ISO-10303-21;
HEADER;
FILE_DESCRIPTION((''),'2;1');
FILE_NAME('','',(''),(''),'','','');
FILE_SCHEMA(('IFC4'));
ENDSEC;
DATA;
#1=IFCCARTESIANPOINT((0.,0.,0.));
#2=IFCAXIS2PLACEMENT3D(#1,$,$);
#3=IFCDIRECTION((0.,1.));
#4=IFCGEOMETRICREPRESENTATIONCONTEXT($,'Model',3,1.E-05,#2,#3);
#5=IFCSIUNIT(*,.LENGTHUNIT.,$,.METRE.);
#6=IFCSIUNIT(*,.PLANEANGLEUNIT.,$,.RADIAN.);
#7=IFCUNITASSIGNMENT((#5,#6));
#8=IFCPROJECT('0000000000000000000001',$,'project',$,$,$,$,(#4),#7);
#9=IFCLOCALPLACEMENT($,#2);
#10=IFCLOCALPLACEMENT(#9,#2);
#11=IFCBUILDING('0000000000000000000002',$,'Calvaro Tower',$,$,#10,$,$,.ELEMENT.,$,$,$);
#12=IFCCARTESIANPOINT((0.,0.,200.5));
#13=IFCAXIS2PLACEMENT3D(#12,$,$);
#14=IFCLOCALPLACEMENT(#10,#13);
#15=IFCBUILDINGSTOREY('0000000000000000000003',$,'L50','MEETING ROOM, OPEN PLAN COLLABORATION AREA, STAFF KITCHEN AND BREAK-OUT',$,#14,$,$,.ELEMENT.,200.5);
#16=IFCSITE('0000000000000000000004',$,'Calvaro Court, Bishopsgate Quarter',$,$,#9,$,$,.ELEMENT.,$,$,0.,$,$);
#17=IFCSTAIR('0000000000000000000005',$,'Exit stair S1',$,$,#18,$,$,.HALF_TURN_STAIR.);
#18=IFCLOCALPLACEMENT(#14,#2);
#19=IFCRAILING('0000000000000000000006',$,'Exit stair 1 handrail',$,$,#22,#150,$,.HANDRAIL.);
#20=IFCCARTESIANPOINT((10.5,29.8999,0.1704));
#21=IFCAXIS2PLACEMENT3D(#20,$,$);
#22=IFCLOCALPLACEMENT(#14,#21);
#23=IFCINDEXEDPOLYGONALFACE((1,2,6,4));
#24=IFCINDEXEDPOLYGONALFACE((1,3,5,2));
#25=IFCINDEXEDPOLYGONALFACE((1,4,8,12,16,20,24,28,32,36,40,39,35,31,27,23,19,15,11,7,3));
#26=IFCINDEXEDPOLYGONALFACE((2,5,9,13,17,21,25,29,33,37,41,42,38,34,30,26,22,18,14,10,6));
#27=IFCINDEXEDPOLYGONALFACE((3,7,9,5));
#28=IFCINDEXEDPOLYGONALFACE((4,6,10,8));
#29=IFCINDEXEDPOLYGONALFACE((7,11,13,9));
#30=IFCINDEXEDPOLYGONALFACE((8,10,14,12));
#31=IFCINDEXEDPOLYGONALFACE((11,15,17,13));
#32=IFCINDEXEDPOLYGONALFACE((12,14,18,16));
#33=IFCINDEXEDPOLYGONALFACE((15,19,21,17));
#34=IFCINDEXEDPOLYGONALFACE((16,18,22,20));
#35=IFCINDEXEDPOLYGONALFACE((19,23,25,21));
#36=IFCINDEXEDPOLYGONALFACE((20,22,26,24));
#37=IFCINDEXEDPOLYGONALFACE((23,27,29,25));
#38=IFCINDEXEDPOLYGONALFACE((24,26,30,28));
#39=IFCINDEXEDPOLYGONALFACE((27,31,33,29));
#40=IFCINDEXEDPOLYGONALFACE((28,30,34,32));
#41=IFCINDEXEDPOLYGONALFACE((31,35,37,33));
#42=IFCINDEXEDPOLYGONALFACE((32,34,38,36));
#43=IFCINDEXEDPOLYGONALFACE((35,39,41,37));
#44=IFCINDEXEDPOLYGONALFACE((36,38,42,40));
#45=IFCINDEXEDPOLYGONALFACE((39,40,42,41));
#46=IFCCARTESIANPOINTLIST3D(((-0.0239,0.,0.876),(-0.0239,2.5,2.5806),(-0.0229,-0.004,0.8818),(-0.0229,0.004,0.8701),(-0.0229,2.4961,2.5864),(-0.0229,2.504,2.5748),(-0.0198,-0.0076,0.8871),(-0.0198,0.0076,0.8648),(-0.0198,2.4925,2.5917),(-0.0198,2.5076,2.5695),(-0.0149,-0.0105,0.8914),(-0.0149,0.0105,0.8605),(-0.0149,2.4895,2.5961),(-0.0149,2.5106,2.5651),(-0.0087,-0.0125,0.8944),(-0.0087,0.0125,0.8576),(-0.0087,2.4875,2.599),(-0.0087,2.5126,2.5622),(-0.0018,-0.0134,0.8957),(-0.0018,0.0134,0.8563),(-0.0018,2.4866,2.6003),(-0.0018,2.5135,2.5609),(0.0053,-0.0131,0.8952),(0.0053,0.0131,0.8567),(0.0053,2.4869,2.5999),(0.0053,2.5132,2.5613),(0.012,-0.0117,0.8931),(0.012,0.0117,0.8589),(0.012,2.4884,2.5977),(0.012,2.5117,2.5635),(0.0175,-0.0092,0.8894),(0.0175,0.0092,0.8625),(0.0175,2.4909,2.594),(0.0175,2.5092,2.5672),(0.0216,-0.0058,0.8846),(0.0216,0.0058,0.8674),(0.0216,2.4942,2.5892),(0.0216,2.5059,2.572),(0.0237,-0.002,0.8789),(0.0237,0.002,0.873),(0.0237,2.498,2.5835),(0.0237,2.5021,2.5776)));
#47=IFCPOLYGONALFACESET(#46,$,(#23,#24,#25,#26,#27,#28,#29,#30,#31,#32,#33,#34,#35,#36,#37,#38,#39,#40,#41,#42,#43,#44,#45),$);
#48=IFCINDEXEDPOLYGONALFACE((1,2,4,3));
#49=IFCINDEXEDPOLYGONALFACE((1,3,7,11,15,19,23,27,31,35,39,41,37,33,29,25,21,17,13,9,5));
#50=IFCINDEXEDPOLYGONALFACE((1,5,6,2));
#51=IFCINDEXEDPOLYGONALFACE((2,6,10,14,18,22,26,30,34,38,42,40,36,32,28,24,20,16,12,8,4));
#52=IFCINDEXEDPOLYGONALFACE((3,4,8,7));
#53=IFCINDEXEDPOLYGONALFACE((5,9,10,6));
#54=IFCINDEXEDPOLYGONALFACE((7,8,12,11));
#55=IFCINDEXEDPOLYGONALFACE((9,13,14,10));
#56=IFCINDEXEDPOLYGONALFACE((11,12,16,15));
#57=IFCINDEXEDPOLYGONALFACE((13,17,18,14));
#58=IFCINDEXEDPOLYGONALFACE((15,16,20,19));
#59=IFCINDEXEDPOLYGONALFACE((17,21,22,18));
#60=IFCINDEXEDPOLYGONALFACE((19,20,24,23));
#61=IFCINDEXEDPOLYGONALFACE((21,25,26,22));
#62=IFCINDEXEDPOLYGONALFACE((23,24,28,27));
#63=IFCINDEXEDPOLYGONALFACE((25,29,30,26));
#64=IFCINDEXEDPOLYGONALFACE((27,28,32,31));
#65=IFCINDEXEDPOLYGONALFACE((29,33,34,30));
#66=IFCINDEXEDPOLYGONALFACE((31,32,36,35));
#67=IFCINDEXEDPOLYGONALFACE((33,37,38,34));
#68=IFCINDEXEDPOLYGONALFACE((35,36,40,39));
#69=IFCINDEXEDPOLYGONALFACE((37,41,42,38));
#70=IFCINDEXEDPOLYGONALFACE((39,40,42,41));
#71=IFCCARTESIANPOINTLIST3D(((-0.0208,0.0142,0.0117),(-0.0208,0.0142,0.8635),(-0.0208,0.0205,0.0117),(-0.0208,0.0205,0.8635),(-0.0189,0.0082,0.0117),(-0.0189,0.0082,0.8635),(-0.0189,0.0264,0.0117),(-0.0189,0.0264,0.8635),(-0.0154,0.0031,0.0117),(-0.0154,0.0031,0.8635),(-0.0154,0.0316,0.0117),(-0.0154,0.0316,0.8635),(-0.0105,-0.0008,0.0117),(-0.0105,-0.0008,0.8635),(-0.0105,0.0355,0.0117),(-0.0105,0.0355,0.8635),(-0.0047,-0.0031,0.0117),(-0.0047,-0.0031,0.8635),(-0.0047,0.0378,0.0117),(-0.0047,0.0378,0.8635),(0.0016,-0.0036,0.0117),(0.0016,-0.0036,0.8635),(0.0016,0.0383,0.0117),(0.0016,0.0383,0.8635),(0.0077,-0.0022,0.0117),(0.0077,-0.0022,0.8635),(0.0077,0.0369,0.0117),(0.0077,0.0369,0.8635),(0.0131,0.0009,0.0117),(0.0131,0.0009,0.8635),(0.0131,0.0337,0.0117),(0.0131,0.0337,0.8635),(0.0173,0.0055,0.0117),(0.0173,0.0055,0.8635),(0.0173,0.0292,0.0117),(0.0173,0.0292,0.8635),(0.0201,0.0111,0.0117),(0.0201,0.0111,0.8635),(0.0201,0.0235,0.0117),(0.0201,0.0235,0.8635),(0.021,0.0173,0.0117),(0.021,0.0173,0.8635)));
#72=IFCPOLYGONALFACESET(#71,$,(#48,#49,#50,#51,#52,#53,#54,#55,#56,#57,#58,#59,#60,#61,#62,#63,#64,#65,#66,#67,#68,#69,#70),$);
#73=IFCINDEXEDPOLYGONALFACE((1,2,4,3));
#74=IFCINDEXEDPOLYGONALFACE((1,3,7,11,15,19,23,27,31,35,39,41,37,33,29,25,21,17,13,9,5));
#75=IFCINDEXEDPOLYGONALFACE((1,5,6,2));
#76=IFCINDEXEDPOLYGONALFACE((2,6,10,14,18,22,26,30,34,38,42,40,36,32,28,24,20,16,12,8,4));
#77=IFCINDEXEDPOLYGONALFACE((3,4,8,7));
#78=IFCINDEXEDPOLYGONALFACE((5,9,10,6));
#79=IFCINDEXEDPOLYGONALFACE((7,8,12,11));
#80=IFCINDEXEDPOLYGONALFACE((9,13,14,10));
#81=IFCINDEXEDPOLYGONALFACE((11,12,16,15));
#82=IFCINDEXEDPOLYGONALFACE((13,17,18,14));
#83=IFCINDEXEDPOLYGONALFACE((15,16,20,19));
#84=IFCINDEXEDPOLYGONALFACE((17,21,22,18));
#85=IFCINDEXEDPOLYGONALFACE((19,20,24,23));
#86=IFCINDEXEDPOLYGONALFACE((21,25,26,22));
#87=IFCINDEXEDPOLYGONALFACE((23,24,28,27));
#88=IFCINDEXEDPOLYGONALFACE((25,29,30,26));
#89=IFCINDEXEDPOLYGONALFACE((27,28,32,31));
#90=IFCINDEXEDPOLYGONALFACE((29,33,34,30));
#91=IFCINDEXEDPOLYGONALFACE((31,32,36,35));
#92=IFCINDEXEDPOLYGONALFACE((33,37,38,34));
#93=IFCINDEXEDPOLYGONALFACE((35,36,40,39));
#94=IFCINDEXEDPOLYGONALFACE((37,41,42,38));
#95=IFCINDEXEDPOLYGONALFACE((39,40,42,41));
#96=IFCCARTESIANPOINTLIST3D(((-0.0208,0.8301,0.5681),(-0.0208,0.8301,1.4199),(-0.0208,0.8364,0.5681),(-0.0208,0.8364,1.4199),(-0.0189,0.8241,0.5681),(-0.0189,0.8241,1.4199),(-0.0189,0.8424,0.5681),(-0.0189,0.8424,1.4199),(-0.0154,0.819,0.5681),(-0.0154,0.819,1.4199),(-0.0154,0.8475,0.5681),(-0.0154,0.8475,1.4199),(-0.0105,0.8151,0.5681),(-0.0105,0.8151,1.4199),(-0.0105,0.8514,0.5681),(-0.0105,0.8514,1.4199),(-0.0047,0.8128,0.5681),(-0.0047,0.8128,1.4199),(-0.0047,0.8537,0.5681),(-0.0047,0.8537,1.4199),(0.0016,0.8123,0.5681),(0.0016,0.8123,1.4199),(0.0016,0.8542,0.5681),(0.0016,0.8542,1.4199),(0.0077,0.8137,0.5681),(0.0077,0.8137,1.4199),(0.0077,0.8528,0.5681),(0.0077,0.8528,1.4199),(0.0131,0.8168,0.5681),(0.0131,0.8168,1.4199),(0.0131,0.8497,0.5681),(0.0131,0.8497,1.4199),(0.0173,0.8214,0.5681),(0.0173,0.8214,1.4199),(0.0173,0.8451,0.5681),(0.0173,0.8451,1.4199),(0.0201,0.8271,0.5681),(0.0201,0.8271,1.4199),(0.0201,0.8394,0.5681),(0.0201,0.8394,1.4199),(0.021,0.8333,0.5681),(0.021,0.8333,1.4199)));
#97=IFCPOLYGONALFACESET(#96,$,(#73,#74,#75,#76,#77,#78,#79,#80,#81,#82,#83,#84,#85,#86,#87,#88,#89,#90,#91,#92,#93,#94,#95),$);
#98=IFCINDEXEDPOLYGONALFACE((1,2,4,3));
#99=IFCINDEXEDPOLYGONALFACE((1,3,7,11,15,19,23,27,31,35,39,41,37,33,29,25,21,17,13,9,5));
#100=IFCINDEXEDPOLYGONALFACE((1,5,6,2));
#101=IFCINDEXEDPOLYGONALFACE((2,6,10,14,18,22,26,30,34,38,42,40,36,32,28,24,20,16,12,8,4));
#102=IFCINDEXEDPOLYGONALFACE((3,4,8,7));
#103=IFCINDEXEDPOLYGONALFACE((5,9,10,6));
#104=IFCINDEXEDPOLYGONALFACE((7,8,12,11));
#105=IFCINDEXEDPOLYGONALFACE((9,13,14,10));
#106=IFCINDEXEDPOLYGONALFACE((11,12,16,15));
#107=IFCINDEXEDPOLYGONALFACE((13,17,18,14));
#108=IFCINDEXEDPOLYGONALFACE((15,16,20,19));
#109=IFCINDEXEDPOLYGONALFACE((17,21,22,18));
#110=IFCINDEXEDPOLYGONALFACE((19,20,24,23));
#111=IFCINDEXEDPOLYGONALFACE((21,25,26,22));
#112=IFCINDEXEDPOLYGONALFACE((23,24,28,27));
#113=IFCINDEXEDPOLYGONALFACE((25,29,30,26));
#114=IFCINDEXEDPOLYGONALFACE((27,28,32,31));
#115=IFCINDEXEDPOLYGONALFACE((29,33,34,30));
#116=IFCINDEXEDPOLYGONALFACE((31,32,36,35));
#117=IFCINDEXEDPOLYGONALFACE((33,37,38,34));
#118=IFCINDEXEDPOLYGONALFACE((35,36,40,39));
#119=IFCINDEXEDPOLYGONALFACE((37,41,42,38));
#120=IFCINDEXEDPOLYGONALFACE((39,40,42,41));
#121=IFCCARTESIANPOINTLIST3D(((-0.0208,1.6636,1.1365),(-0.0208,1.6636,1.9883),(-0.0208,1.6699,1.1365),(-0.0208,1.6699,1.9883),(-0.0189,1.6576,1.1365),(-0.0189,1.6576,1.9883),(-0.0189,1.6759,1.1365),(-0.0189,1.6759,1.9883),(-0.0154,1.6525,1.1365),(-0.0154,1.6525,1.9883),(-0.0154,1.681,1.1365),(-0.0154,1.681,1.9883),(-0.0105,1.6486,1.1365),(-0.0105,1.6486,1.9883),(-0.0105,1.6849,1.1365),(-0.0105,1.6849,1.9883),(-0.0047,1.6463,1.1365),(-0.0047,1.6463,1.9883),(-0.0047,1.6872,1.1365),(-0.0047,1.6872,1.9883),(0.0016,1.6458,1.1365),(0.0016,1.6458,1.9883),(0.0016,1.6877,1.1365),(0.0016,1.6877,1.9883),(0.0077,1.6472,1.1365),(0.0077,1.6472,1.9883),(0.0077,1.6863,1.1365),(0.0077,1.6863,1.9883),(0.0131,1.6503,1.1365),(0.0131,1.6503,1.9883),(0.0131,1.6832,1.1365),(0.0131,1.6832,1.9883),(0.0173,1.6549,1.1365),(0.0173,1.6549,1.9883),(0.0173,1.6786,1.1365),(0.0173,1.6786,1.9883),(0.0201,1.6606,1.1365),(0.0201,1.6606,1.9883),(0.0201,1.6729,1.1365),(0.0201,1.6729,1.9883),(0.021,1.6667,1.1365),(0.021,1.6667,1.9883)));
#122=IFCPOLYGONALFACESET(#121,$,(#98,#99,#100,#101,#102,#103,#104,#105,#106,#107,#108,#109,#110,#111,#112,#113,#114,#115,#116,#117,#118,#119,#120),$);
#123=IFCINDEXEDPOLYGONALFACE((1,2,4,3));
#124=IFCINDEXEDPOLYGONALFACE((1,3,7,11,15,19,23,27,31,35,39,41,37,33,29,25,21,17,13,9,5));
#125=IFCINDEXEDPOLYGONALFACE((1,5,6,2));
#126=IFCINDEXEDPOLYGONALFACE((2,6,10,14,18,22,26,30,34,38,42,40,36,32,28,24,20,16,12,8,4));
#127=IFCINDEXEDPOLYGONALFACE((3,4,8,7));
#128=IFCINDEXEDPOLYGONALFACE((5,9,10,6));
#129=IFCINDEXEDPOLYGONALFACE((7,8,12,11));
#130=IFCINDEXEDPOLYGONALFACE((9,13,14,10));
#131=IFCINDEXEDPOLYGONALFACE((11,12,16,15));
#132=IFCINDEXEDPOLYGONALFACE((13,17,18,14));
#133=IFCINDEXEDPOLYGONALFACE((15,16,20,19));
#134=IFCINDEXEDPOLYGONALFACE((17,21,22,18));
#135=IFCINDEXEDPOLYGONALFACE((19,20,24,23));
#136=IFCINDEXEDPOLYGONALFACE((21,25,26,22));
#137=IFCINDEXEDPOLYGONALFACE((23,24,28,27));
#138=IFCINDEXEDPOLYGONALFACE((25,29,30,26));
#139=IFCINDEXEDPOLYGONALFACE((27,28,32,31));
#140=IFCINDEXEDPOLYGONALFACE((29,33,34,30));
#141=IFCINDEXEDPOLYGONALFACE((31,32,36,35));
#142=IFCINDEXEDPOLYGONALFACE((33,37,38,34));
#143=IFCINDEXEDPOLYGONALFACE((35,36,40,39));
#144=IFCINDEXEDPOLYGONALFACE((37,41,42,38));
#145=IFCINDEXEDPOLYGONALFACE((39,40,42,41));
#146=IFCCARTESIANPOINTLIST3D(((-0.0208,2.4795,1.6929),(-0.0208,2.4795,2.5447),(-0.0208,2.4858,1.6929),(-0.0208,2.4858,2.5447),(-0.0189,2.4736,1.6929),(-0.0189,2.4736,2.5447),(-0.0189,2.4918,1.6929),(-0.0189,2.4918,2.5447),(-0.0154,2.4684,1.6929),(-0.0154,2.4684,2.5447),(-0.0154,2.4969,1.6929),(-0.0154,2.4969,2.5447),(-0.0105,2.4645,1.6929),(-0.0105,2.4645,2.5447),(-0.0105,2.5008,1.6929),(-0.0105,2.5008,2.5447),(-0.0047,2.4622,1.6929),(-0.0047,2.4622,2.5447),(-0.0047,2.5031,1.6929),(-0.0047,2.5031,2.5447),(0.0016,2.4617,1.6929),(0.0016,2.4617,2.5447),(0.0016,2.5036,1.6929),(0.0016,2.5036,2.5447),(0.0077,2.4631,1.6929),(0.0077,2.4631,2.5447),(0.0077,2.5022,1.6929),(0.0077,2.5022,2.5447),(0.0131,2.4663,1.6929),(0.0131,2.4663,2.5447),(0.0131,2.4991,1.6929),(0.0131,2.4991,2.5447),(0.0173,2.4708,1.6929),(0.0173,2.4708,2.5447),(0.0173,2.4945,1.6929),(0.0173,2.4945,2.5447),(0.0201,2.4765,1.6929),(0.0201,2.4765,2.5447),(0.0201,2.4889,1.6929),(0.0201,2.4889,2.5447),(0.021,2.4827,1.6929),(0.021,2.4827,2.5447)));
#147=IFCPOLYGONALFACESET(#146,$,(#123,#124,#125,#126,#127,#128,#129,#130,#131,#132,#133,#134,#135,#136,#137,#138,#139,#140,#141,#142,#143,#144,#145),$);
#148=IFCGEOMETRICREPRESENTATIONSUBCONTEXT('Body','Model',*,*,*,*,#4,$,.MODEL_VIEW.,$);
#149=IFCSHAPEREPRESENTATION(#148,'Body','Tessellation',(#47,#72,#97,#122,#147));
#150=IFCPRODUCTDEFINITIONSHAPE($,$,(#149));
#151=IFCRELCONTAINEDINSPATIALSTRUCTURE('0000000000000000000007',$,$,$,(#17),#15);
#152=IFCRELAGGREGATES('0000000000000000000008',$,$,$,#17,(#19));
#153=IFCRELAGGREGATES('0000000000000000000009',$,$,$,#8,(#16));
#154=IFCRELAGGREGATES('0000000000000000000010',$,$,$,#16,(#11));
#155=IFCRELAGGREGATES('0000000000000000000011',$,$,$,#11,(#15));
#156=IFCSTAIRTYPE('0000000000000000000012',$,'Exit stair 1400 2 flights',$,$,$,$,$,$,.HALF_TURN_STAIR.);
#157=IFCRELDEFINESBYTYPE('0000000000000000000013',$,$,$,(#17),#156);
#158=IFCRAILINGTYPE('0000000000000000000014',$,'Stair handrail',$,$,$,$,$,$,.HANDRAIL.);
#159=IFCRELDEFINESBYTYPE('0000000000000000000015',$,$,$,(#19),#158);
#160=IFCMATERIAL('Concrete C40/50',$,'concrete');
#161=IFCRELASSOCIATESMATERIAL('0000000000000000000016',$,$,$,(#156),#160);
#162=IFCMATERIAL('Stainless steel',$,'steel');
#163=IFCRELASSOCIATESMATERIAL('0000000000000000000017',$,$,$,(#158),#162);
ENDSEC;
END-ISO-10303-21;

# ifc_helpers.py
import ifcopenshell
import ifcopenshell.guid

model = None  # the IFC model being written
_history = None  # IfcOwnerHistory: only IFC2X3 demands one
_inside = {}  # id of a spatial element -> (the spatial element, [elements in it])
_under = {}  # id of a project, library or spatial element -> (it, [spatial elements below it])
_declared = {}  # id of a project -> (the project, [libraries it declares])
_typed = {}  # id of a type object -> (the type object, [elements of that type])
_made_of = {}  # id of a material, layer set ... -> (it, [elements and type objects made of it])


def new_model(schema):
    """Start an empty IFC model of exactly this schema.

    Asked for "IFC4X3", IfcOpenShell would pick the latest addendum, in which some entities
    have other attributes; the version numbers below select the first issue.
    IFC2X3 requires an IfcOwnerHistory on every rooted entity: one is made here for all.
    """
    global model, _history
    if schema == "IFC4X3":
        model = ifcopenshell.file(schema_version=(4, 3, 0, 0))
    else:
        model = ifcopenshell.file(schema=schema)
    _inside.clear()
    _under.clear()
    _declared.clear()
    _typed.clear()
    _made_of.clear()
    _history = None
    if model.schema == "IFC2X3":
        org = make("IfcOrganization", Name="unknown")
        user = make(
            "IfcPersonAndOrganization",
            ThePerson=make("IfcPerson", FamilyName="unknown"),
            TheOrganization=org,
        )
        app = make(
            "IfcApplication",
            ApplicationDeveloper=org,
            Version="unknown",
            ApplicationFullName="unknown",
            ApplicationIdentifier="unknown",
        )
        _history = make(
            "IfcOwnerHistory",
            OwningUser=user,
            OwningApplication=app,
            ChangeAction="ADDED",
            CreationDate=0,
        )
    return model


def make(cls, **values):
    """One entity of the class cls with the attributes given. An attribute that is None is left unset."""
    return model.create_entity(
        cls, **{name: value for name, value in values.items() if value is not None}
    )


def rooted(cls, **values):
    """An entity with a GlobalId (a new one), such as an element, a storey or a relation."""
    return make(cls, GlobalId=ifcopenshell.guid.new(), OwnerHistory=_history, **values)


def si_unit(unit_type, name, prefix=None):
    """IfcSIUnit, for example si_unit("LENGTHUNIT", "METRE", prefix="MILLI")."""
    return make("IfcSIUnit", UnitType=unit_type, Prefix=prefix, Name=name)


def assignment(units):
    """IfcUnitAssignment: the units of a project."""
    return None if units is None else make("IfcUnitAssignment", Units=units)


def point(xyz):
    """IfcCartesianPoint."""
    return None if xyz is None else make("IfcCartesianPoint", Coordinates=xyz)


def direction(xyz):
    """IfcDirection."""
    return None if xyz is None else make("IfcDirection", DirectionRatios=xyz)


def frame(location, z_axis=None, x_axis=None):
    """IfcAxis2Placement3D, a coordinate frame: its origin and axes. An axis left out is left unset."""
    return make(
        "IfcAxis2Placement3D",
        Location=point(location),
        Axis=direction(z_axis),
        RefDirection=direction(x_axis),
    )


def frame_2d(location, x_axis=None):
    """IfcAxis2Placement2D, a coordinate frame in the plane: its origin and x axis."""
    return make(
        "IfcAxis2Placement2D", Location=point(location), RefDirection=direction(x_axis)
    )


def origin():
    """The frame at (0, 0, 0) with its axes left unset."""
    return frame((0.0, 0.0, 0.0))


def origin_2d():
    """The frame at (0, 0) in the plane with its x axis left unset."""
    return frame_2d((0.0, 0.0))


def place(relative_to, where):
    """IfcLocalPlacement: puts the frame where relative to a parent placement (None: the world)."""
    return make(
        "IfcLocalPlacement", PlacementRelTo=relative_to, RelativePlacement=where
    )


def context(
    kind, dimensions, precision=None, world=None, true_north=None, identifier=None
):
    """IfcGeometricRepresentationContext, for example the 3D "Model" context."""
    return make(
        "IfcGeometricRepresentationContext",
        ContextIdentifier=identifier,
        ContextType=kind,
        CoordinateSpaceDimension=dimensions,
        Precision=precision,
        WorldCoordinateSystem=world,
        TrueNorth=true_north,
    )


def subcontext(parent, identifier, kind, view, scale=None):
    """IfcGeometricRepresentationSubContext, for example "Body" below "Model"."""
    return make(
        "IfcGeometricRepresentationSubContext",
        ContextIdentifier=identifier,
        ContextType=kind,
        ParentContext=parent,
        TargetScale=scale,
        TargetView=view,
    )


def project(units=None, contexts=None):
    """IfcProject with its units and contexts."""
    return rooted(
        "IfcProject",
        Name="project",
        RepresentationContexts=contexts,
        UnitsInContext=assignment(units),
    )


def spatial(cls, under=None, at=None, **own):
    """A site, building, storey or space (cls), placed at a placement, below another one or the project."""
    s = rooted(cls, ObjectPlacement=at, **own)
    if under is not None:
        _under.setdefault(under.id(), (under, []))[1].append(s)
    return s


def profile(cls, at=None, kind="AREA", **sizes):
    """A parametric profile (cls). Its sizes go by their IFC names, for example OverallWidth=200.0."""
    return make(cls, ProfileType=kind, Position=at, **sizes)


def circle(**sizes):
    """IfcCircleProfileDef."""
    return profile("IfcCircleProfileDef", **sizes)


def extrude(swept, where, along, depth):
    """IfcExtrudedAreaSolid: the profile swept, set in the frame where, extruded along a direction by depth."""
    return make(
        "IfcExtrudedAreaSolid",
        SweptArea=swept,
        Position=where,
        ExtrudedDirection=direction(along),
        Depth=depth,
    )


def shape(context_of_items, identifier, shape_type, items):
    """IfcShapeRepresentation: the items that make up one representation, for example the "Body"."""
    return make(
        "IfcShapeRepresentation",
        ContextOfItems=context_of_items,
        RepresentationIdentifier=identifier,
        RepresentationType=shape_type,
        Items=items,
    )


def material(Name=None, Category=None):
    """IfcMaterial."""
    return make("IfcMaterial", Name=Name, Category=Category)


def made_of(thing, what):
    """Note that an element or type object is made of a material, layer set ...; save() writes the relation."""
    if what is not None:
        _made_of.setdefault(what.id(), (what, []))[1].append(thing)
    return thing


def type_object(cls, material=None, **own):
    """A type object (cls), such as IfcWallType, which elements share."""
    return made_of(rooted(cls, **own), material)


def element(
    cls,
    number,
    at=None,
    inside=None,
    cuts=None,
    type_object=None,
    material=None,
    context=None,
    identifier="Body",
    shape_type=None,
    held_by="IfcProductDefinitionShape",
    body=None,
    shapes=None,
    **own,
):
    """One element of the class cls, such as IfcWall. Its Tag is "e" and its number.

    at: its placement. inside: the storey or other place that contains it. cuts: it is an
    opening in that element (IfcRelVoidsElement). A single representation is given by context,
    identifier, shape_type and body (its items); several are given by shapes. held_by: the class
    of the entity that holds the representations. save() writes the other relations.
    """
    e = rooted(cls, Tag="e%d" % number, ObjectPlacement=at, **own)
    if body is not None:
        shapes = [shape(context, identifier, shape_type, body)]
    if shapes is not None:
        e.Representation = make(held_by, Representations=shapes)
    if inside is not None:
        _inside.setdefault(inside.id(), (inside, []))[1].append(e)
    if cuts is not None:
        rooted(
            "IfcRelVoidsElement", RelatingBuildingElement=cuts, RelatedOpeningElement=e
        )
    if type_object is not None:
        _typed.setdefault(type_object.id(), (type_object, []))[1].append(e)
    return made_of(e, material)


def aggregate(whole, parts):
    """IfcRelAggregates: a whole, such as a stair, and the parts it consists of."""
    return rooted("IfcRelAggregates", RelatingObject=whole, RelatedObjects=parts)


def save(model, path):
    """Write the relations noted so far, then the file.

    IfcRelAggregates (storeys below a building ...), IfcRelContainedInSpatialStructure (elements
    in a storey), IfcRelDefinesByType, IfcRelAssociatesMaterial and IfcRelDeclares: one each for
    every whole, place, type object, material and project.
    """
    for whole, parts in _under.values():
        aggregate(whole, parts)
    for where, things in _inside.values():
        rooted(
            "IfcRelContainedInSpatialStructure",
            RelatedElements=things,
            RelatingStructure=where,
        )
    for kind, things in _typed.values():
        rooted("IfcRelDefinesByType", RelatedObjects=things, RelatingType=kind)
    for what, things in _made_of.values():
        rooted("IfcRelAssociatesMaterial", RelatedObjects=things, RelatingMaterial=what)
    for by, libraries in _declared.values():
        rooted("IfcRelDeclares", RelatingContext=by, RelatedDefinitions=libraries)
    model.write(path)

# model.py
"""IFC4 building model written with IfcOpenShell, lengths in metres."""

from ifc_helpers import new_model, si_unit, direction, frame, origin, origin_2d, place, context, subcontext, project, spatial, circle, extrude, material, type_object, element, aggregate, save


model = new_model("IFC4")

# Units and contexts
model_context = context("Model", 3, precision=1e-05, world=origin(), true_north=direction((0.0, 1.0)))
body_context = subcontext(model_context, "Body", "Model", "MODEL_VIEW")
ifc_project = project(units=[si_unit("LENGTHUNIT", "METRE"), si_unit("PLANEANGLEUNIT", "RADIAN")], contexts=[model_context])

# Site, building, storey
site_placement = place(None, origin())
site = spatial("IfcSite", under=ifc_project, at=site_placement, Name="Calvaro Court, Bishopsgate Quarter", CompositionType="ELEMENT", RefElevation=0.0)
building_placement = place(site_placement, origin())
building = spatial("IfcBuilding", under=site, at=building_placement, Name="Calvaro Tower", CompositionType="ELEMENT")
storey_placement = place(building_placement, frame((0.0, 0.0, 200.5)))
storey = spatial("IfcBuildingStorey", under=building, at=storey_placement, Name="L50", Description="MEETING ROOM, OPEN PLAN COLLABORATION AREA, STAFF KITCHEN AND BREAK-OUT", CompositionType="ELEMENT", Elevation=200.5)

# Stair, railing
ifc_material_1 = material(Name="Concrete C40/50", Category="concrete")
stair_type = type_object("IfcStairType", Name="Exit stair 1400 2 flights", PredefinedType="HALF_TURN_STAIR", material=ifc_material_1)
stair_placement = place(storey_placement, origin())
stair = element("IfcStair", 1, at=stair_placement, inside=storey, type_object=stair_type, Name="Exit stair S1", PredefinedType="HALF_TURN_STAIR")
ifc_material_2 = material(Name="Stainless steel", Category="steel")
railing_type = type_object("IfcRailingType", Name="Stair handrail", PredefinedType="HANDRAIL", material=ifc_material_2)
railing_1_placement = place(storey_placement, frame((10.5, 29.8999, 0.1704)))
railing_1 = element("IfcRailing", 2, at=railing_1_placement, type_object=railing_type, Name="Exit stair 1 handrail", PredefinedType="HANDRAIL", context=body_context, shape_type="SweptSolid", body=[
    extrude(circle(Radius=0.0239, at=origin_2d()), frame((0.0, 0.0, 0.876), z_axis=(0.0, 0.826221, 0.563347), x_axis=(-1.0, 0.0, 0.0)), (0.0, 0.0, 1.0), 3.0259),
    extrude(circle(Radius=0.021, at=origin_2d()), frame((0.0, 0.0173, 0.0117)), (0.0, 0.0, 1.0), 0.8518),
    extrude(circle(Radius=0.021, at=origin_2d()), frame((0.0, 0.8333, 0.5681)), (0.0, 0.0, 1.0), 0.8518),
    extrude(circle(Radius=0.021, at=origin_2d()), frame((0.0, 1.6667, 1.1365)), (0.0, 0.0, 1.0), 0.8518),
    extrude(circle(Radius=0.021, at=origin_2d()), frame((0.0, 2.4827, 1.6929)), (0.0, 0.0, 1.0), 0.8518),
])
aggregate(stair, [railing_1])

save(model, "model.ifc")
